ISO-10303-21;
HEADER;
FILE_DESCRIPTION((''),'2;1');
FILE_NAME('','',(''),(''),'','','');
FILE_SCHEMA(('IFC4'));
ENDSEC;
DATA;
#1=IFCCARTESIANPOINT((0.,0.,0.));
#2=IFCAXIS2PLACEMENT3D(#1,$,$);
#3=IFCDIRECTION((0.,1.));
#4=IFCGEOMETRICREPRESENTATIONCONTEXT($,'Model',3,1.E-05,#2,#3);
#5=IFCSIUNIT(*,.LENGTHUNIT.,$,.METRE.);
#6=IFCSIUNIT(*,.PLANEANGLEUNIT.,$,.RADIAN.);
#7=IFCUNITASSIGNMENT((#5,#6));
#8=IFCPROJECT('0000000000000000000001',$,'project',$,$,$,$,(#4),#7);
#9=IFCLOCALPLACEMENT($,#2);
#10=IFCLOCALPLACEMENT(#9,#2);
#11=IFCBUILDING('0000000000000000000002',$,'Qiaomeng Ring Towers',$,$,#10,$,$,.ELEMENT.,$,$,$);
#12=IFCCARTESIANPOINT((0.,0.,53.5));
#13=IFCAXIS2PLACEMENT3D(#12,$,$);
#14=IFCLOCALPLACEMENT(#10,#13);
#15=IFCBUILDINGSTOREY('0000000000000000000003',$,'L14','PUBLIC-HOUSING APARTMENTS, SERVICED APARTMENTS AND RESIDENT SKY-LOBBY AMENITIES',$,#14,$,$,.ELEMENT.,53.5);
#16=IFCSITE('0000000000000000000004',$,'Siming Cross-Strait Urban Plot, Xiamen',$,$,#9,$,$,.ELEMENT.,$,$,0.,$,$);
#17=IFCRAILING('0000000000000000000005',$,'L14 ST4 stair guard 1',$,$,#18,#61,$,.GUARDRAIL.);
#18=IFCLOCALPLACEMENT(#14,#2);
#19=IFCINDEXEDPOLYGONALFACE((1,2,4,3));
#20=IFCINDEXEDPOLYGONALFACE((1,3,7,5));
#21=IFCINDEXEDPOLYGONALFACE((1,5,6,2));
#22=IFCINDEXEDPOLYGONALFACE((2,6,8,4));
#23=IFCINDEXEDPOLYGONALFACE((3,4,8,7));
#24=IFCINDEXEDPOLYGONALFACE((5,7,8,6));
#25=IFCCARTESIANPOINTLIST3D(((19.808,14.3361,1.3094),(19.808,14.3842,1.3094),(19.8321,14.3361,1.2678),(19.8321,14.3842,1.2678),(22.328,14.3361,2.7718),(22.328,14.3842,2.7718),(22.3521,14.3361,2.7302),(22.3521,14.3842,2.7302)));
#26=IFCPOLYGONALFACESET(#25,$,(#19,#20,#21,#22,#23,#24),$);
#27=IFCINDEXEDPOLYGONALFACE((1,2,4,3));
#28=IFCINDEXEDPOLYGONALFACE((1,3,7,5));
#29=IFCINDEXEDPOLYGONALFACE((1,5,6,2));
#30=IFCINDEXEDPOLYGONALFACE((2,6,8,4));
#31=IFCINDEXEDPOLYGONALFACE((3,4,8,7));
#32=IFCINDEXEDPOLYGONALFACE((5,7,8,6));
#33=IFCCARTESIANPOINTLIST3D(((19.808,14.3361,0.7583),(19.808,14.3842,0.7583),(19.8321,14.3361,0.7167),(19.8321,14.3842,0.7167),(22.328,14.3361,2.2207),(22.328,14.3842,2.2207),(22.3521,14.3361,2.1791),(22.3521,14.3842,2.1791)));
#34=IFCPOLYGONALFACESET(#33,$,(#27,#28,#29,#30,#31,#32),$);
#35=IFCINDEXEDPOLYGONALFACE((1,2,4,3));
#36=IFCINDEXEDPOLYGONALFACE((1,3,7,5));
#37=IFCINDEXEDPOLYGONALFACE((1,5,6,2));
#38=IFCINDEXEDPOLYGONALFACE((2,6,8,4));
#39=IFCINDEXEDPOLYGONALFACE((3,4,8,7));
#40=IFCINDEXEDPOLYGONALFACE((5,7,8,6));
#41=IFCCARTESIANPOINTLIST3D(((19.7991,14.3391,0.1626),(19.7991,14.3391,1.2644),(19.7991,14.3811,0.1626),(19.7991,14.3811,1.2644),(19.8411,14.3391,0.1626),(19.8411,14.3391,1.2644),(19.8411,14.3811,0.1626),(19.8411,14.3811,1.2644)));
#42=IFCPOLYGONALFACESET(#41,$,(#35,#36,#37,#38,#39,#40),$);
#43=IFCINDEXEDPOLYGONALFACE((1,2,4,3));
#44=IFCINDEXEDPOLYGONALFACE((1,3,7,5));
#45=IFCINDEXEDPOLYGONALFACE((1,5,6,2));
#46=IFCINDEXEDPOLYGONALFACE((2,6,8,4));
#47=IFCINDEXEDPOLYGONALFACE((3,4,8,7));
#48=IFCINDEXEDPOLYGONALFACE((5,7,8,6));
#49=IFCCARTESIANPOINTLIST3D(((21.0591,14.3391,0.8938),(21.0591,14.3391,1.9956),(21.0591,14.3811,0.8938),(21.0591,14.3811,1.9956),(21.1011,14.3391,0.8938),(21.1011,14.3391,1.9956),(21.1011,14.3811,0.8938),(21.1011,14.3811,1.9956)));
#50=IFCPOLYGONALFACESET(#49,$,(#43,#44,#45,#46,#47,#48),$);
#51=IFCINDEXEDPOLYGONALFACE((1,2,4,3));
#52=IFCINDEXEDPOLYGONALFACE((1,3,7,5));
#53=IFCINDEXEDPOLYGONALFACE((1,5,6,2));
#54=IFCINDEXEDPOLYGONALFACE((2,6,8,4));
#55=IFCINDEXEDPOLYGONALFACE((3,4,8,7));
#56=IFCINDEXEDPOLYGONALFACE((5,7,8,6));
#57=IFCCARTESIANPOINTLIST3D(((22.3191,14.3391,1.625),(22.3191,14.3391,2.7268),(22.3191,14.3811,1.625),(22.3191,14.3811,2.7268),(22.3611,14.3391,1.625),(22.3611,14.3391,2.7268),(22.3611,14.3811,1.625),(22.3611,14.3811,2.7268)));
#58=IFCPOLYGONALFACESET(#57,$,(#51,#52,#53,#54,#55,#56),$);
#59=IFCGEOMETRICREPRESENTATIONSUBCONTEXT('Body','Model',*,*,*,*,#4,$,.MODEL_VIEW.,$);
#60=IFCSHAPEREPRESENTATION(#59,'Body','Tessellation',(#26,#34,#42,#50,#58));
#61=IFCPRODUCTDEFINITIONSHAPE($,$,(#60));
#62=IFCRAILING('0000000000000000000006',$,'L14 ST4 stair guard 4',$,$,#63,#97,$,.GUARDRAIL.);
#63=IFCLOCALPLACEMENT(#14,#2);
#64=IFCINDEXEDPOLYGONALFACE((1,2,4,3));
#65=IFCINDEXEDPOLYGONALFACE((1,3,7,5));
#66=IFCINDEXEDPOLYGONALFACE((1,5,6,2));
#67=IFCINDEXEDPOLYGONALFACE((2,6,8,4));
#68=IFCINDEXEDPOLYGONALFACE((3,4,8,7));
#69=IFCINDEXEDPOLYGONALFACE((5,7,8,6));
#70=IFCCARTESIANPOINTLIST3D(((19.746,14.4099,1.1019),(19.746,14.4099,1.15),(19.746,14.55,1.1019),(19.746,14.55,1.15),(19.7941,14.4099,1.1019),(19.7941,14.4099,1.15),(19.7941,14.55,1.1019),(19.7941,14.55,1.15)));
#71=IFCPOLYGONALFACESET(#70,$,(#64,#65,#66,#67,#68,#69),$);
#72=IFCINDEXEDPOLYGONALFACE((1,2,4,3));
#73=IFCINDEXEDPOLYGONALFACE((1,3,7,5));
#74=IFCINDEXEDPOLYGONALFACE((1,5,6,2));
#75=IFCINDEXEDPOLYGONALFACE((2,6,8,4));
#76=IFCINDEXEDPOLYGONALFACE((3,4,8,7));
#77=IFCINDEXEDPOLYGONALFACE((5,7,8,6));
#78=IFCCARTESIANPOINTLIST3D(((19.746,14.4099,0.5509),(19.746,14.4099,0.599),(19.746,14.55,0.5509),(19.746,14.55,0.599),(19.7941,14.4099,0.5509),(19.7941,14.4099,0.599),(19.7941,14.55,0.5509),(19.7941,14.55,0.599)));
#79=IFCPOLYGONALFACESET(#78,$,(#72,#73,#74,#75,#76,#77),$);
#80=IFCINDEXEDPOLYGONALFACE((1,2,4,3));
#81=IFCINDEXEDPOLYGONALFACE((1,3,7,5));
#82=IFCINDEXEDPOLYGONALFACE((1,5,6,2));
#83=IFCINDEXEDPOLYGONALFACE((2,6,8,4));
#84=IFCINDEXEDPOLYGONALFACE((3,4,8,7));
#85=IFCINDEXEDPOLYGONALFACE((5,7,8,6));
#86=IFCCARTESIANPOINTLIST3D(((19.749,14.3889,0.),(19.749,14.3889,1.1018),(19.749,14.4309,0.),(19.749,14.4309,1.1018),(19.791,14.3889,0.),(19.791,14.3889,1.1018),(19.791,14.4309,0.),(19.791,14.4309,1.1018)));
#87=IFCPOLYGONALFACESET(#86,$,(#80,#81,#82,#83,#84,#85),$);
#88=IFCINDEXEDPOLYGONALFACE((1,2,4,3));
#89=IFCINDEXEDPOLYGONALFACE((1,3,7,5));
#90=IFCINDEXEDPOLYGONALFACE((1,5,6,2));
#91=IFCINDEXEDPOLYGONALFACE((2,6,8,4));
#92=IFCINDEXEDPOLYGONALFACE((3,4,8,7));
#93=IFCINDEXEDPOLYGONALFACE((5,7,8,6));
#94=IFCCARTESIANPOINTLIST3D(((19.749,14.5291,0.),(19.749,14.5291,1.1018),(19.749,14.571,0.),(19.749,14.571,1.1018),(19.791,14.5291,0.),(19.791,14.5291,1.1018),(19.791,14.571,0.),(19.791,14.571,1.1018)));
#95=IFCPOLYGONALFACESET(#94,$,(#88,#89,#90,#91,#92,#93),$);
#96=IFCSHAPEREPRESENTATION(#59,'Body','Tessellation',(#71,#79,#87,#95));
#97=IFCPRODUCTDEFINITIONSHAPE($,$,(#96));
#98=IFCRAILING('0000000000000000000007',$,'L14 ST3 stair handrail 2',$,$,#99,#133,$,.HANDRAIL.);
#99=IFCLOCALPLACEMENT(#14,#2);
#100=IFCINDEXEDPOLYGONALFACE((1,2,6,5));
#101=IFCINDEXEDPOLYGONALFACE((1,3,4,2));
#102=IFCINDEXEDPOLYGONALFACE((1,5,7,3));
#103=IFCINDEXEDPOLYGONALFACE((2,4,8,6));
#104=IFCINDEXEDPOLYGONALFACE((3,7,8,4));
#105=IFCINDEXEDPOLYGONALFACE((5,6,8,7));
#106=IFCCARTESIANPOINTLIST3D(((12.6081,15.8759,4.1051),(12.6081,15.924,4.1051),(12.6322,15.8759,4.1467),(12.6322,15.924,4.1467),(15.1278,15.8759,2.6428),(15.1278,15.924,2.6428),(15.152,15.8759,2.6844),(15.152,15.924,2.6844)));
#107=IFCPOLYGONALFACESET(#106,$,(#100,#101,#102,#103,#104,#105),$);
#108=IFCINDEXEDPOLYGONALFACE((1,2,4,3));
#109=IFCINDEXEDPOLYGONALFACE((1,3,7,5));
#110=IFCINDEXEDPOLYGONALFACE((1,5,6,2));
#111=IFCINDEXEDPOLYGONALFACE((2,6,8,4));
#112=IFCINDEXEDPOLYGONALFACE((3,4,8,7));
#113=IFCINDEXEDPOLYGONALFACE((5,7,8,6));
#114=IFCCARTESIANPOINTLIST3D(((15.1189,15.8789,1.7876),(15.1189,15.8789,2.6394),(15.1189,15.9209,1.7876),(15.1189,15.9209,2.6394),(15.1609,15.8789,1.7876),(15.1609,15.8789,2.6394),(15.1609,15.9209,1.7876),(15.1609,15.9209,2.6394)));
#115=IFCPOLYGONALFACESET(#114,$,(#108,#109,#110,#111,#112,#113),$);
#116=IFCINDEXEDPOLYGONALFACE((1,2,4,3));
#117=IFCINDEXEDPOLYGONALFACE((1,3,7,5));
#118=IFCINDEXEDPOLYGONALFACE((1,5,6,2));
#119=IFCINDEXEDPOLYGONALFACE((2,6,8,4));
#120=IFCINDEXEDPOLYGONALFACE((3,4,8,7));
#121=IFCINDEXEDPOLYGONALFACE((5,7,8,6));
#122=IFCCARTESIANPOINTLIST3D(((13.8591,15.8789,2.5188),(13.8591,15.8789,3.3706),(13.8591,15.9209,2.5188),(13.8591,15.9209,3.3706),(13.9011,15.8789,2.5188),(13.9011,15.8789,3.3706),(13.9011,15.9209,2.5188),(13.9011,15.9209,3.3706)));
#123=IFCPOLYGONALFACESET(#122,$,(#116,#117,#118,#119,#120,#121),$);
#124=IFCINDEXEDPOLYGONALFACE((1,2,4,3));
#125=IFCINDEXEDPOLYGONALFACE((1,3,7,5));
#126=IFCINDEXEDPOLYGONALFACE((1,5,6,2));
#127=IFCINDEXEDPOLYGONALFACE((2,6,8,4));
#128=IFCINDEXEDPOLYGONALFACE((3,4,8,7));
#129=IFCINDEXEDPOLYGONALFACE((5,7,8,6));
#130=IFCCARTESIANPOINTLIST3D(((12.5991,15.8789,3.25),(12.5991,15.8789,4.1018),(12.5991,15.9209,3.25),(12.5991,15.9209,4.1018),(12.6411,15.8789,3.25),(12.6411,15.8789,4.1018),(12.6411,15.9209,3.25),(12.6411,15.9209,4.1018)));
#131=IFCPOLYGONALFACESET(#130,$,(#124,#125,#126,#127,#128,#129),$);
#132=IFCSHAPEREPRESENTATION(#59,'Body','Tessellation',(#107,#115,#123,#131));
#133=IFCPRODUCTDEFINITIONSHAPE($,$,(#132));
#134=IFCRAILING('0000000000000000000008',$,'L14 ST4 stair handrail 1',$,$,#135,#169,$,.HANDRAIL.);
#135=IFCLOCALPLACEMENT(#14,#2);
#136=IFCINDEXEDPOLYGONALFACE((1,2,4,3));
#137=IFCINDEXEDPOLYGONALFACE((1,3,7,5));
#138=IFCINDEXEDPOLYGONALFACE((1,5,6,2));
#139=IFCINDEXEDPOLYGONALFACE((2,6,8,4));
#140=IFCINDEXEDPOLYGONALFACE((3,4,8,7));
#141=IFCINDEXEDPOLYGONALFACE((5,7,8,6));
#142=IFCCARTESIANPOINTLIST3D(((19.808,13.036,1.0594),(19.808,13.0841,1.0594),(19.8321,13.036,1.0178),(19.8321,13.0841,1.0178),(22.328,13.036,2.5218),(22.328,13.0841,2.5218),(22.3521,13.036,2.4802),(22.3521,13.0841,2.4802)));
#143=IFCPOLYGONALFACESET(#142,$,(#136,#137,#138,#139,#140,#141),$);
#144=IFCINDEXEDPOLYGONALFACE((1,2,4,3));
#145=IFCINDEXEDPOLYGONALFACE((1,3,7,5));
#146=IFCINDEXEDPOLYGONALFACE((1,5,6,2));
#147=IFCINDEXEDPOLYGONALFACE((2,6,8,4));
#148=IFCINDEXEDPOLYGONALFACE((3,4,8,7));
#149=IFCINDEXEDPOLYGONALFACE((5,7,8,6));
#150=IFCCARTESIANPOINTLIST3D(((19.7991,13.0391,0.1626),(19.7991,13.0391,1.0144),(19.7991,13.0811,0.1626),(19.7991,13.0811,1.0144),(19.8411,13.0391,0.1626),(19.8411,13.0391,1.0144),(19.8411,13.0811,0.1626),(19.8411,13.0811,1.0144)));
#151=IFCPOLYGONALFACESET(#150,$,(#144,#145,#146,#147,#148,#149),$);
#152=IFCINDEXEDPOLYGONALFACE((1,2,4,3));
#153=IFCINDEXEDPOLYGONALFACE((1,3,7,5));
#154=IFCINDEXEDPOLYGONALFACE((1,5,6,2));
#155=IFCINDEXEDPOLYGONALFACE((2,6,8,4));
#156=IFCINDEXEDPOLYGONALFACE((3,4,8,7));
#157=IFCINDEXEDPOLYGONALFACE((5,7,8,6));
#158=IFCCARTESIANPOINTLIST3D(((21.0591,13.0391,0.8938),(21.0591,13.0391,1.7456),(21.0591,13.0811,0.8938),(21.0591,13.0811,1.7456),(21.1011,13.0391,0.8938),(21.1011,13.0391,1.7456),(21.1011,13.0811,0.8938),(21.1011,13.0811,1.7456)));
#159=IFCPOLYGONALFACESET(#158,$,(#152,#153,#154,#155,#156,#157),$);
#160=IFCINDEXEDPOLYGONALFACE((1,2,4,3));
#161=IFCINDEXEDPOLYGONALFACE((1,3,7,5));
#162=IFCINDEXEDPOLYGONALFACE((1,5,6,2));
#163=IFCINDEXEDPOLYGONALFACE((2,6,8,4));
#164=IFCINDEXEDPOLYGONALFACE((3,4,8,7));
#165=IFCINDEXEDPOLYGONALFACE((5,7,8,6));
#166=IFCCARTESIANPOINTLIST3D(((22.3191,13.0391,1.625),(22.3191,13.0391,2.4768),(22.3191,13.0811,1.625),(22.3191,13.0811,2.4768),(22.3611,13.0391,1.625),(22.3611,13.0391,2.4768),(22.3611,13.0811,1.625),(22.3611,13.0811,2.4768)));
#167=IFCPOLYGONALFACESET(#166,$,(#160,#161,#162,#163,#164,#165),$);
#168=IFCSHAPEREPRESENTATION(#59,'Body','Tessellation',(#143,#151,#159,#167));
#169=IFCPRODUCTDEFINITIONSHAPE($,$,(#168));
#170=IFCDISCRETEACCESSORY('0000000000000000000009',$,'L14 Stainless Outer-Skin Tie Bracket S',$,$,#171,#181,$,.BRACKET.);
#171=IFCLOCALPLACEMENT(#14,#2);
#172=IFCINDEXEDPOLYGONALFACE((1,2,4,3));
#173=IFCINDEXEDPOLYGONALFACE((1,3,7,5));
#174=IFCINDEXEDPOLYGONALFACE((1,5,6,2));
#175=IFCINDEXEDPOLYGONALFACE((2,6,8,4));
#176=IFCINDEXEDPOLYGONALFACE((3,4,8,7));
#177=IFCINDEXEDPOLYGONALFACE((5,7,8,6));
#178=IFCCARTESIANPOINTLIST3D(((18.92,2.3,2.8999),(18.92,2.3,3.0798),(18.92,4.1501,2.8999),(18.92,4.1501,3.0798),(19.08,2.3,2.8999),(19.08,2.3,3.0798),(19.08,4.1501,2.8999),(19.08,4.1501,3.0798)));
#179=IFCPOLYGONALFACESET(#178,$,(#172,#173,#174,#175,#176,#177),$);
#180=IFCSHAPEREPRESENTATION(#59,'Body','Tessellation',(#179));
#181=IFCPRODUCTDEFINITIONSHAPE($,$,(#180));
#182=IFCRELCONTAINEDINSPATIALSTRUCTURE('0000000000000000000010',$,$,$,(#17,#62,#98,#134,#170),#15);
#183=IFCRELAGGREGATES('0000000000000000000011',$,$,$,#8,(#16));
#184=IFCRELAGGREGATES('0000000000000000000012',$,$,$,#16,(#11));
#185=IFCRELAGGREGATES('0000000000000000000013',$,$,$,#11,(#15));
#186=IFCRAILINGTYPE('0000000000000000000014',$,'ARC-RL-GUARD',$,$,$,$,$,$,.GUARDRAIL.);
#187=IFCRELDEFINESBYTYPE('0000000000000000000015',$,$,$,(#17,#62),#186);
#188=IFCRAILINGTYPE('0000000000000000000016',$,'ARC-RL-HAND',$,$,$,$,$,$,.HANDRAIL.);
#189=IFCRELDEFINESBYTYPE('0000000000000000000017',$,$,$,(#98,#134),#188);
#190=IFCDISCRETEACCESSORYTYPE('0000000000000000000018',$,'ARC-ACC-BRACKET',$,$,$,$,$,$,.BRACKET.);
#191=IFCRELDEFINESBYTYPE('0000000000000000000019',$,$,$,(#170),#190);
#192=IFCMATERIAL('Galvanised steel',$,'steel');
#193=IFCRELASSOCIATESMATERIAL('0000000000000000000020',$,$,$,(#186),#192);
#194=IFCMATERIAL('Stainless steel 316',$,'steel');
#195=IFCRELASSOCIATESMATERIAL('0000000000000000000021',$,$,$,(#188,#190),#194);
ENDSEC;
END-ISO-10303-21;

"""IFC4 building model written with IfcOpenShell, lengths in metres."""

from ifc_helpers import new_model, si_unit, direction, frame, origin, origin_2d, place, context, subcontext, project, spatial, rectangle, extrude, source, transform, mapped, material, type_object, element, save


model = new_model("IFC4")

# Units and contexts
model_context = context("Model", 3, precision=1e-05, world=origin(), true_north=direction((0.0, 1.0)))
body_context = subcontext(model_context, "Body", "Model", "MODEL_VIEW")
ifc_project = project(units=[si_unit("LENGTHUNIT", "METRE"), si_unit("PLANEANGLEUNIT", "RADIAN")], contexts=[model_context])

# Site, building, storey
site_placement = place(None, origin())
site = spatial("IfcSite", under=ifc_project, at=site_placement, Name="Siming Cross-Strait Urban Plot, Xiamen", CompositionType="ELEMENT", RefElevation=0.0)
building_placement = place(site_placement, origin())
building = spatial("IfcBuilding", under=site, at=building_placement, Name="Qiaomeng Ring Towers", CompositionType="ELEMENT")
storey_placement = place(building_placement, frame((0.0, 0.0, 53.5)))
storey = spatial("IfcBuildingStorey", under=building, at=storey_placement, Name="L14", Description="PUBLIC-HOUSING APARTMENTS, SERVICED APARTMENTS AND RESIDENT SKY-LOBBY AMENITIES", CompositionType="ELEMENT", Elevation=53.5)

# Shared definitions
ifc_material_1 = material(Name="Galvanised steel", Category="steel")

# Railings
railing_type_1 = type_object("IfcRailingType", Name="ARC-RL-GUARD", PredefinedType="GUARDRAIL", material=ifc_material_1)
railing_1_placement = place(storey_placement, frame((19.8201, 14.3601, 0.1626)))
element("IfcRailing", 1, at=railing_1_placement, inside=storey, type_object=railing_type_1, Name="L14 ST4 stair guard 1", PredefinedType="GUARDRAIL", context=body_context, shape_type="SweptSolid", body=[
    extrude(rectangle(XDim=0.0481, YDim=0.0481, at=origin_2d()), frame((0.0, 0.0, 1.126), z_axis=(0.864913, 0.0, 0.501921), x_axis=(0.0, 1.0, 0.0)), (0.0, 0.0, 1.0), 2.9136),
    extrude(rectangle(XDim=0.0481, YDim=0.0481, at=origin_2d()), frame((0.0, 0.0, 0.575), z_axis=(0.864913, 0.0, 0.501921), x_axis=(0.0, 1.0, 0.0)), (0.0, 0.0, 1.0), 2.9136),
    extrude(rectangle(XDim=0.042, YDim=0.042, at=origin_2d()), origin(), (0.0, 0.0, 1.0), 1.1018),
    extrude(rectangle(XDim=0.042, YDim=0.042, at=origin_2d()), frame((1.26, 0.0, 0.7312)), (0.0, 0.0, 1.0), 1.1018),
    extrude(rectangle(XDim=0.042, YDim=0.042, at=origin_2d()), frame((2.52, 0.0, 1.4624)), (0.0, 0.0, 1.0), 1.1018),
])
railing_2_placement = place(storey_placement, frame((19.77, 14.4099, 0.0)))
element("IfcRailing", 2, at=railing_2_placement, inside=storey, type_object=railing_type_1, Name="L14 ST4 stair guard 4", PredefinedType="GUARDRAIL", context=body_context, shape_type="SweptSolid", body=[
    extrude(rectangle(XDim=0.0481, YDim=0.0481, at=origin_2d()), frame((0.0, 0.0, 1.126), z_axis=(0.0, 1.0, 0.0), x_axis=(-1.0, 0.0, 0.0)), (0.0, 0.0, 1.0), 0.1401),
    extrude(rectangle(XDim=0.0481, YDim=0.0481, at=origin_2d()), frame((0.0, 0.0, 0.575), z_axis=(0.0, 1.0, 0.0), x_axis=(-1.0, 0.0, 0.0)), (0.0, 0.0, 1.0), 0.1401),
    extrude(rectangle(XDim=0.042, YDim=0.042, at=origin_2d()), origin(), (0.0, 0.0, 1.0), 1.1018),
    extrude(rectangle(XDim=0.042, YDim=0.042, at=origin_2d()), frame((0.0, 0.1401, 0.0)), (0.0, 0.0, 1.0), 1.1018),
])
ifc_material_2 = material(Name="Stainless steel 316", Category="steel")
railing_type_2 = type_object("IfcRailingType", Name="ARC-RL-HAND", PredefinedType="HANDRAIL", material=ifc_material_2)
railing_3_placement = place(storey_placement, frame((15.1399, 15.8999, 1.7876)))
element("IfcRailing", 3, at=railing_3_placement, inside=storey, type_object=railing_type_2, Name="L14 ST3 stair handrail 2", PredefinedType="HANDRAIL", context=body_context, shape_type="SweptSolid", body=[
    extrude(rectangle(XDim=0.0481, YDim=0.0481, at=origin_2d()), frame((0.0, 0.0, 0.876), z_axis=(-0.864892, 0.0, 0.501958), x_axis=(0.0, -1.0, 0.0)), (0.0, 0.0, 1.0), 2.9133),
    extrude(rectangle(XDim=0.042, YDim=0.042, at=origin_2d()), origin(), (0.0, 0.0, 1.0), 0.8518),
    extrude(rectangle(XDim=0.042, YDim=0.042, at=origin_2d()), frame((-1.2598, 0.0, 0.7312)), (0.0, 0.0, 1.0), 0.8518),
    extrude(rectangle(XDim=0.042, YDim=0.042, at=origin_2d()), frame((-2.5198, 0.0, 1.4624)), (0.0, 0.0, 1.0), 0.8518),
])
railing_4_placement = place(storey_placement, frame((19.8201, 13.0601, 0.1626)))
element("IfcRailing", 4, at=railing_4_placement, inside=storey, type_object=railing_type_2, Name="L14 ST4 stair handrail 1", PredefinedType="HANDRAIL", context=body_context, shape_type="SweptSolid", body=[
    extrude(rectangle(XDim=0.0481, YDim=0.0481, at=origin_2d()), frame((0.0, 0.0, 0.876), z_axis=(0.864913, 0.0, 0.501921), x_axis=(0.0, 1.0, 0.0)), (0.0, 0.0, 1.0), 2.9136),
    extrude(rectangle(XDim=0.042, YDim=0.042, at=origin_2d()), origin(), (0.0, 0.0, 1.0), 0.8518),
    extrude(rectangle(XDim=0.042, YDim=0.042, at=origin_2d()), frame((1.26, 0.0, 0.7312)), (0.0, 0.0, 1.0), 0.8518),
    extrude(rectangle(XDim=0.042, YDim=0.042, at=origin_2d()), frame((2.52, 0.0, 1.4624)), (0.0, 0.0, 1.0), 0.8518),
])

# Discrete accessory
discrete_accessory_type = type_object("IfcDiscreteAccessoryType", Name="ARC-ACC-BRACKET", PredefinedType="BRACKET", material=ifc_material_2)
shared_shape_1 = source(origin(), body_context, "Body", "SweptSolid", [
    extrude(rectangle(XDim=0.1599, YDim=1.8501, at=origin_2d()), origin(), (0.0, 0.0, 1.0), 0.1799),
])
discrete_accessory_placement = place(storey_placement, frame((19.0, 3.2251, 2.8999), z_axis=(0.0, 0.0, 1.0), x_axis=(1.0, 0.0, 0.0)))
element("IfcDiscreteAccessory", 5, at=discrete_accessory_placement, inside=storey, type_object=discrete_accessory_type, Name="L14 Stainless Outer-Skin Tie Bracket S", PredefinedType="BRACKET", context=body_context, shape_type="MappedRepresentation", body=[
    mapped(shared_shape_1, transform((0.0, 0.0, 0.0), x_axis=(1.0, 0.0, 0.0), y_axis=(0.0, 1.0, 0.0), z_axis=(0.0, 0.0, 1.0), scale=1.0)),
])

save(model, "model.ifc")
